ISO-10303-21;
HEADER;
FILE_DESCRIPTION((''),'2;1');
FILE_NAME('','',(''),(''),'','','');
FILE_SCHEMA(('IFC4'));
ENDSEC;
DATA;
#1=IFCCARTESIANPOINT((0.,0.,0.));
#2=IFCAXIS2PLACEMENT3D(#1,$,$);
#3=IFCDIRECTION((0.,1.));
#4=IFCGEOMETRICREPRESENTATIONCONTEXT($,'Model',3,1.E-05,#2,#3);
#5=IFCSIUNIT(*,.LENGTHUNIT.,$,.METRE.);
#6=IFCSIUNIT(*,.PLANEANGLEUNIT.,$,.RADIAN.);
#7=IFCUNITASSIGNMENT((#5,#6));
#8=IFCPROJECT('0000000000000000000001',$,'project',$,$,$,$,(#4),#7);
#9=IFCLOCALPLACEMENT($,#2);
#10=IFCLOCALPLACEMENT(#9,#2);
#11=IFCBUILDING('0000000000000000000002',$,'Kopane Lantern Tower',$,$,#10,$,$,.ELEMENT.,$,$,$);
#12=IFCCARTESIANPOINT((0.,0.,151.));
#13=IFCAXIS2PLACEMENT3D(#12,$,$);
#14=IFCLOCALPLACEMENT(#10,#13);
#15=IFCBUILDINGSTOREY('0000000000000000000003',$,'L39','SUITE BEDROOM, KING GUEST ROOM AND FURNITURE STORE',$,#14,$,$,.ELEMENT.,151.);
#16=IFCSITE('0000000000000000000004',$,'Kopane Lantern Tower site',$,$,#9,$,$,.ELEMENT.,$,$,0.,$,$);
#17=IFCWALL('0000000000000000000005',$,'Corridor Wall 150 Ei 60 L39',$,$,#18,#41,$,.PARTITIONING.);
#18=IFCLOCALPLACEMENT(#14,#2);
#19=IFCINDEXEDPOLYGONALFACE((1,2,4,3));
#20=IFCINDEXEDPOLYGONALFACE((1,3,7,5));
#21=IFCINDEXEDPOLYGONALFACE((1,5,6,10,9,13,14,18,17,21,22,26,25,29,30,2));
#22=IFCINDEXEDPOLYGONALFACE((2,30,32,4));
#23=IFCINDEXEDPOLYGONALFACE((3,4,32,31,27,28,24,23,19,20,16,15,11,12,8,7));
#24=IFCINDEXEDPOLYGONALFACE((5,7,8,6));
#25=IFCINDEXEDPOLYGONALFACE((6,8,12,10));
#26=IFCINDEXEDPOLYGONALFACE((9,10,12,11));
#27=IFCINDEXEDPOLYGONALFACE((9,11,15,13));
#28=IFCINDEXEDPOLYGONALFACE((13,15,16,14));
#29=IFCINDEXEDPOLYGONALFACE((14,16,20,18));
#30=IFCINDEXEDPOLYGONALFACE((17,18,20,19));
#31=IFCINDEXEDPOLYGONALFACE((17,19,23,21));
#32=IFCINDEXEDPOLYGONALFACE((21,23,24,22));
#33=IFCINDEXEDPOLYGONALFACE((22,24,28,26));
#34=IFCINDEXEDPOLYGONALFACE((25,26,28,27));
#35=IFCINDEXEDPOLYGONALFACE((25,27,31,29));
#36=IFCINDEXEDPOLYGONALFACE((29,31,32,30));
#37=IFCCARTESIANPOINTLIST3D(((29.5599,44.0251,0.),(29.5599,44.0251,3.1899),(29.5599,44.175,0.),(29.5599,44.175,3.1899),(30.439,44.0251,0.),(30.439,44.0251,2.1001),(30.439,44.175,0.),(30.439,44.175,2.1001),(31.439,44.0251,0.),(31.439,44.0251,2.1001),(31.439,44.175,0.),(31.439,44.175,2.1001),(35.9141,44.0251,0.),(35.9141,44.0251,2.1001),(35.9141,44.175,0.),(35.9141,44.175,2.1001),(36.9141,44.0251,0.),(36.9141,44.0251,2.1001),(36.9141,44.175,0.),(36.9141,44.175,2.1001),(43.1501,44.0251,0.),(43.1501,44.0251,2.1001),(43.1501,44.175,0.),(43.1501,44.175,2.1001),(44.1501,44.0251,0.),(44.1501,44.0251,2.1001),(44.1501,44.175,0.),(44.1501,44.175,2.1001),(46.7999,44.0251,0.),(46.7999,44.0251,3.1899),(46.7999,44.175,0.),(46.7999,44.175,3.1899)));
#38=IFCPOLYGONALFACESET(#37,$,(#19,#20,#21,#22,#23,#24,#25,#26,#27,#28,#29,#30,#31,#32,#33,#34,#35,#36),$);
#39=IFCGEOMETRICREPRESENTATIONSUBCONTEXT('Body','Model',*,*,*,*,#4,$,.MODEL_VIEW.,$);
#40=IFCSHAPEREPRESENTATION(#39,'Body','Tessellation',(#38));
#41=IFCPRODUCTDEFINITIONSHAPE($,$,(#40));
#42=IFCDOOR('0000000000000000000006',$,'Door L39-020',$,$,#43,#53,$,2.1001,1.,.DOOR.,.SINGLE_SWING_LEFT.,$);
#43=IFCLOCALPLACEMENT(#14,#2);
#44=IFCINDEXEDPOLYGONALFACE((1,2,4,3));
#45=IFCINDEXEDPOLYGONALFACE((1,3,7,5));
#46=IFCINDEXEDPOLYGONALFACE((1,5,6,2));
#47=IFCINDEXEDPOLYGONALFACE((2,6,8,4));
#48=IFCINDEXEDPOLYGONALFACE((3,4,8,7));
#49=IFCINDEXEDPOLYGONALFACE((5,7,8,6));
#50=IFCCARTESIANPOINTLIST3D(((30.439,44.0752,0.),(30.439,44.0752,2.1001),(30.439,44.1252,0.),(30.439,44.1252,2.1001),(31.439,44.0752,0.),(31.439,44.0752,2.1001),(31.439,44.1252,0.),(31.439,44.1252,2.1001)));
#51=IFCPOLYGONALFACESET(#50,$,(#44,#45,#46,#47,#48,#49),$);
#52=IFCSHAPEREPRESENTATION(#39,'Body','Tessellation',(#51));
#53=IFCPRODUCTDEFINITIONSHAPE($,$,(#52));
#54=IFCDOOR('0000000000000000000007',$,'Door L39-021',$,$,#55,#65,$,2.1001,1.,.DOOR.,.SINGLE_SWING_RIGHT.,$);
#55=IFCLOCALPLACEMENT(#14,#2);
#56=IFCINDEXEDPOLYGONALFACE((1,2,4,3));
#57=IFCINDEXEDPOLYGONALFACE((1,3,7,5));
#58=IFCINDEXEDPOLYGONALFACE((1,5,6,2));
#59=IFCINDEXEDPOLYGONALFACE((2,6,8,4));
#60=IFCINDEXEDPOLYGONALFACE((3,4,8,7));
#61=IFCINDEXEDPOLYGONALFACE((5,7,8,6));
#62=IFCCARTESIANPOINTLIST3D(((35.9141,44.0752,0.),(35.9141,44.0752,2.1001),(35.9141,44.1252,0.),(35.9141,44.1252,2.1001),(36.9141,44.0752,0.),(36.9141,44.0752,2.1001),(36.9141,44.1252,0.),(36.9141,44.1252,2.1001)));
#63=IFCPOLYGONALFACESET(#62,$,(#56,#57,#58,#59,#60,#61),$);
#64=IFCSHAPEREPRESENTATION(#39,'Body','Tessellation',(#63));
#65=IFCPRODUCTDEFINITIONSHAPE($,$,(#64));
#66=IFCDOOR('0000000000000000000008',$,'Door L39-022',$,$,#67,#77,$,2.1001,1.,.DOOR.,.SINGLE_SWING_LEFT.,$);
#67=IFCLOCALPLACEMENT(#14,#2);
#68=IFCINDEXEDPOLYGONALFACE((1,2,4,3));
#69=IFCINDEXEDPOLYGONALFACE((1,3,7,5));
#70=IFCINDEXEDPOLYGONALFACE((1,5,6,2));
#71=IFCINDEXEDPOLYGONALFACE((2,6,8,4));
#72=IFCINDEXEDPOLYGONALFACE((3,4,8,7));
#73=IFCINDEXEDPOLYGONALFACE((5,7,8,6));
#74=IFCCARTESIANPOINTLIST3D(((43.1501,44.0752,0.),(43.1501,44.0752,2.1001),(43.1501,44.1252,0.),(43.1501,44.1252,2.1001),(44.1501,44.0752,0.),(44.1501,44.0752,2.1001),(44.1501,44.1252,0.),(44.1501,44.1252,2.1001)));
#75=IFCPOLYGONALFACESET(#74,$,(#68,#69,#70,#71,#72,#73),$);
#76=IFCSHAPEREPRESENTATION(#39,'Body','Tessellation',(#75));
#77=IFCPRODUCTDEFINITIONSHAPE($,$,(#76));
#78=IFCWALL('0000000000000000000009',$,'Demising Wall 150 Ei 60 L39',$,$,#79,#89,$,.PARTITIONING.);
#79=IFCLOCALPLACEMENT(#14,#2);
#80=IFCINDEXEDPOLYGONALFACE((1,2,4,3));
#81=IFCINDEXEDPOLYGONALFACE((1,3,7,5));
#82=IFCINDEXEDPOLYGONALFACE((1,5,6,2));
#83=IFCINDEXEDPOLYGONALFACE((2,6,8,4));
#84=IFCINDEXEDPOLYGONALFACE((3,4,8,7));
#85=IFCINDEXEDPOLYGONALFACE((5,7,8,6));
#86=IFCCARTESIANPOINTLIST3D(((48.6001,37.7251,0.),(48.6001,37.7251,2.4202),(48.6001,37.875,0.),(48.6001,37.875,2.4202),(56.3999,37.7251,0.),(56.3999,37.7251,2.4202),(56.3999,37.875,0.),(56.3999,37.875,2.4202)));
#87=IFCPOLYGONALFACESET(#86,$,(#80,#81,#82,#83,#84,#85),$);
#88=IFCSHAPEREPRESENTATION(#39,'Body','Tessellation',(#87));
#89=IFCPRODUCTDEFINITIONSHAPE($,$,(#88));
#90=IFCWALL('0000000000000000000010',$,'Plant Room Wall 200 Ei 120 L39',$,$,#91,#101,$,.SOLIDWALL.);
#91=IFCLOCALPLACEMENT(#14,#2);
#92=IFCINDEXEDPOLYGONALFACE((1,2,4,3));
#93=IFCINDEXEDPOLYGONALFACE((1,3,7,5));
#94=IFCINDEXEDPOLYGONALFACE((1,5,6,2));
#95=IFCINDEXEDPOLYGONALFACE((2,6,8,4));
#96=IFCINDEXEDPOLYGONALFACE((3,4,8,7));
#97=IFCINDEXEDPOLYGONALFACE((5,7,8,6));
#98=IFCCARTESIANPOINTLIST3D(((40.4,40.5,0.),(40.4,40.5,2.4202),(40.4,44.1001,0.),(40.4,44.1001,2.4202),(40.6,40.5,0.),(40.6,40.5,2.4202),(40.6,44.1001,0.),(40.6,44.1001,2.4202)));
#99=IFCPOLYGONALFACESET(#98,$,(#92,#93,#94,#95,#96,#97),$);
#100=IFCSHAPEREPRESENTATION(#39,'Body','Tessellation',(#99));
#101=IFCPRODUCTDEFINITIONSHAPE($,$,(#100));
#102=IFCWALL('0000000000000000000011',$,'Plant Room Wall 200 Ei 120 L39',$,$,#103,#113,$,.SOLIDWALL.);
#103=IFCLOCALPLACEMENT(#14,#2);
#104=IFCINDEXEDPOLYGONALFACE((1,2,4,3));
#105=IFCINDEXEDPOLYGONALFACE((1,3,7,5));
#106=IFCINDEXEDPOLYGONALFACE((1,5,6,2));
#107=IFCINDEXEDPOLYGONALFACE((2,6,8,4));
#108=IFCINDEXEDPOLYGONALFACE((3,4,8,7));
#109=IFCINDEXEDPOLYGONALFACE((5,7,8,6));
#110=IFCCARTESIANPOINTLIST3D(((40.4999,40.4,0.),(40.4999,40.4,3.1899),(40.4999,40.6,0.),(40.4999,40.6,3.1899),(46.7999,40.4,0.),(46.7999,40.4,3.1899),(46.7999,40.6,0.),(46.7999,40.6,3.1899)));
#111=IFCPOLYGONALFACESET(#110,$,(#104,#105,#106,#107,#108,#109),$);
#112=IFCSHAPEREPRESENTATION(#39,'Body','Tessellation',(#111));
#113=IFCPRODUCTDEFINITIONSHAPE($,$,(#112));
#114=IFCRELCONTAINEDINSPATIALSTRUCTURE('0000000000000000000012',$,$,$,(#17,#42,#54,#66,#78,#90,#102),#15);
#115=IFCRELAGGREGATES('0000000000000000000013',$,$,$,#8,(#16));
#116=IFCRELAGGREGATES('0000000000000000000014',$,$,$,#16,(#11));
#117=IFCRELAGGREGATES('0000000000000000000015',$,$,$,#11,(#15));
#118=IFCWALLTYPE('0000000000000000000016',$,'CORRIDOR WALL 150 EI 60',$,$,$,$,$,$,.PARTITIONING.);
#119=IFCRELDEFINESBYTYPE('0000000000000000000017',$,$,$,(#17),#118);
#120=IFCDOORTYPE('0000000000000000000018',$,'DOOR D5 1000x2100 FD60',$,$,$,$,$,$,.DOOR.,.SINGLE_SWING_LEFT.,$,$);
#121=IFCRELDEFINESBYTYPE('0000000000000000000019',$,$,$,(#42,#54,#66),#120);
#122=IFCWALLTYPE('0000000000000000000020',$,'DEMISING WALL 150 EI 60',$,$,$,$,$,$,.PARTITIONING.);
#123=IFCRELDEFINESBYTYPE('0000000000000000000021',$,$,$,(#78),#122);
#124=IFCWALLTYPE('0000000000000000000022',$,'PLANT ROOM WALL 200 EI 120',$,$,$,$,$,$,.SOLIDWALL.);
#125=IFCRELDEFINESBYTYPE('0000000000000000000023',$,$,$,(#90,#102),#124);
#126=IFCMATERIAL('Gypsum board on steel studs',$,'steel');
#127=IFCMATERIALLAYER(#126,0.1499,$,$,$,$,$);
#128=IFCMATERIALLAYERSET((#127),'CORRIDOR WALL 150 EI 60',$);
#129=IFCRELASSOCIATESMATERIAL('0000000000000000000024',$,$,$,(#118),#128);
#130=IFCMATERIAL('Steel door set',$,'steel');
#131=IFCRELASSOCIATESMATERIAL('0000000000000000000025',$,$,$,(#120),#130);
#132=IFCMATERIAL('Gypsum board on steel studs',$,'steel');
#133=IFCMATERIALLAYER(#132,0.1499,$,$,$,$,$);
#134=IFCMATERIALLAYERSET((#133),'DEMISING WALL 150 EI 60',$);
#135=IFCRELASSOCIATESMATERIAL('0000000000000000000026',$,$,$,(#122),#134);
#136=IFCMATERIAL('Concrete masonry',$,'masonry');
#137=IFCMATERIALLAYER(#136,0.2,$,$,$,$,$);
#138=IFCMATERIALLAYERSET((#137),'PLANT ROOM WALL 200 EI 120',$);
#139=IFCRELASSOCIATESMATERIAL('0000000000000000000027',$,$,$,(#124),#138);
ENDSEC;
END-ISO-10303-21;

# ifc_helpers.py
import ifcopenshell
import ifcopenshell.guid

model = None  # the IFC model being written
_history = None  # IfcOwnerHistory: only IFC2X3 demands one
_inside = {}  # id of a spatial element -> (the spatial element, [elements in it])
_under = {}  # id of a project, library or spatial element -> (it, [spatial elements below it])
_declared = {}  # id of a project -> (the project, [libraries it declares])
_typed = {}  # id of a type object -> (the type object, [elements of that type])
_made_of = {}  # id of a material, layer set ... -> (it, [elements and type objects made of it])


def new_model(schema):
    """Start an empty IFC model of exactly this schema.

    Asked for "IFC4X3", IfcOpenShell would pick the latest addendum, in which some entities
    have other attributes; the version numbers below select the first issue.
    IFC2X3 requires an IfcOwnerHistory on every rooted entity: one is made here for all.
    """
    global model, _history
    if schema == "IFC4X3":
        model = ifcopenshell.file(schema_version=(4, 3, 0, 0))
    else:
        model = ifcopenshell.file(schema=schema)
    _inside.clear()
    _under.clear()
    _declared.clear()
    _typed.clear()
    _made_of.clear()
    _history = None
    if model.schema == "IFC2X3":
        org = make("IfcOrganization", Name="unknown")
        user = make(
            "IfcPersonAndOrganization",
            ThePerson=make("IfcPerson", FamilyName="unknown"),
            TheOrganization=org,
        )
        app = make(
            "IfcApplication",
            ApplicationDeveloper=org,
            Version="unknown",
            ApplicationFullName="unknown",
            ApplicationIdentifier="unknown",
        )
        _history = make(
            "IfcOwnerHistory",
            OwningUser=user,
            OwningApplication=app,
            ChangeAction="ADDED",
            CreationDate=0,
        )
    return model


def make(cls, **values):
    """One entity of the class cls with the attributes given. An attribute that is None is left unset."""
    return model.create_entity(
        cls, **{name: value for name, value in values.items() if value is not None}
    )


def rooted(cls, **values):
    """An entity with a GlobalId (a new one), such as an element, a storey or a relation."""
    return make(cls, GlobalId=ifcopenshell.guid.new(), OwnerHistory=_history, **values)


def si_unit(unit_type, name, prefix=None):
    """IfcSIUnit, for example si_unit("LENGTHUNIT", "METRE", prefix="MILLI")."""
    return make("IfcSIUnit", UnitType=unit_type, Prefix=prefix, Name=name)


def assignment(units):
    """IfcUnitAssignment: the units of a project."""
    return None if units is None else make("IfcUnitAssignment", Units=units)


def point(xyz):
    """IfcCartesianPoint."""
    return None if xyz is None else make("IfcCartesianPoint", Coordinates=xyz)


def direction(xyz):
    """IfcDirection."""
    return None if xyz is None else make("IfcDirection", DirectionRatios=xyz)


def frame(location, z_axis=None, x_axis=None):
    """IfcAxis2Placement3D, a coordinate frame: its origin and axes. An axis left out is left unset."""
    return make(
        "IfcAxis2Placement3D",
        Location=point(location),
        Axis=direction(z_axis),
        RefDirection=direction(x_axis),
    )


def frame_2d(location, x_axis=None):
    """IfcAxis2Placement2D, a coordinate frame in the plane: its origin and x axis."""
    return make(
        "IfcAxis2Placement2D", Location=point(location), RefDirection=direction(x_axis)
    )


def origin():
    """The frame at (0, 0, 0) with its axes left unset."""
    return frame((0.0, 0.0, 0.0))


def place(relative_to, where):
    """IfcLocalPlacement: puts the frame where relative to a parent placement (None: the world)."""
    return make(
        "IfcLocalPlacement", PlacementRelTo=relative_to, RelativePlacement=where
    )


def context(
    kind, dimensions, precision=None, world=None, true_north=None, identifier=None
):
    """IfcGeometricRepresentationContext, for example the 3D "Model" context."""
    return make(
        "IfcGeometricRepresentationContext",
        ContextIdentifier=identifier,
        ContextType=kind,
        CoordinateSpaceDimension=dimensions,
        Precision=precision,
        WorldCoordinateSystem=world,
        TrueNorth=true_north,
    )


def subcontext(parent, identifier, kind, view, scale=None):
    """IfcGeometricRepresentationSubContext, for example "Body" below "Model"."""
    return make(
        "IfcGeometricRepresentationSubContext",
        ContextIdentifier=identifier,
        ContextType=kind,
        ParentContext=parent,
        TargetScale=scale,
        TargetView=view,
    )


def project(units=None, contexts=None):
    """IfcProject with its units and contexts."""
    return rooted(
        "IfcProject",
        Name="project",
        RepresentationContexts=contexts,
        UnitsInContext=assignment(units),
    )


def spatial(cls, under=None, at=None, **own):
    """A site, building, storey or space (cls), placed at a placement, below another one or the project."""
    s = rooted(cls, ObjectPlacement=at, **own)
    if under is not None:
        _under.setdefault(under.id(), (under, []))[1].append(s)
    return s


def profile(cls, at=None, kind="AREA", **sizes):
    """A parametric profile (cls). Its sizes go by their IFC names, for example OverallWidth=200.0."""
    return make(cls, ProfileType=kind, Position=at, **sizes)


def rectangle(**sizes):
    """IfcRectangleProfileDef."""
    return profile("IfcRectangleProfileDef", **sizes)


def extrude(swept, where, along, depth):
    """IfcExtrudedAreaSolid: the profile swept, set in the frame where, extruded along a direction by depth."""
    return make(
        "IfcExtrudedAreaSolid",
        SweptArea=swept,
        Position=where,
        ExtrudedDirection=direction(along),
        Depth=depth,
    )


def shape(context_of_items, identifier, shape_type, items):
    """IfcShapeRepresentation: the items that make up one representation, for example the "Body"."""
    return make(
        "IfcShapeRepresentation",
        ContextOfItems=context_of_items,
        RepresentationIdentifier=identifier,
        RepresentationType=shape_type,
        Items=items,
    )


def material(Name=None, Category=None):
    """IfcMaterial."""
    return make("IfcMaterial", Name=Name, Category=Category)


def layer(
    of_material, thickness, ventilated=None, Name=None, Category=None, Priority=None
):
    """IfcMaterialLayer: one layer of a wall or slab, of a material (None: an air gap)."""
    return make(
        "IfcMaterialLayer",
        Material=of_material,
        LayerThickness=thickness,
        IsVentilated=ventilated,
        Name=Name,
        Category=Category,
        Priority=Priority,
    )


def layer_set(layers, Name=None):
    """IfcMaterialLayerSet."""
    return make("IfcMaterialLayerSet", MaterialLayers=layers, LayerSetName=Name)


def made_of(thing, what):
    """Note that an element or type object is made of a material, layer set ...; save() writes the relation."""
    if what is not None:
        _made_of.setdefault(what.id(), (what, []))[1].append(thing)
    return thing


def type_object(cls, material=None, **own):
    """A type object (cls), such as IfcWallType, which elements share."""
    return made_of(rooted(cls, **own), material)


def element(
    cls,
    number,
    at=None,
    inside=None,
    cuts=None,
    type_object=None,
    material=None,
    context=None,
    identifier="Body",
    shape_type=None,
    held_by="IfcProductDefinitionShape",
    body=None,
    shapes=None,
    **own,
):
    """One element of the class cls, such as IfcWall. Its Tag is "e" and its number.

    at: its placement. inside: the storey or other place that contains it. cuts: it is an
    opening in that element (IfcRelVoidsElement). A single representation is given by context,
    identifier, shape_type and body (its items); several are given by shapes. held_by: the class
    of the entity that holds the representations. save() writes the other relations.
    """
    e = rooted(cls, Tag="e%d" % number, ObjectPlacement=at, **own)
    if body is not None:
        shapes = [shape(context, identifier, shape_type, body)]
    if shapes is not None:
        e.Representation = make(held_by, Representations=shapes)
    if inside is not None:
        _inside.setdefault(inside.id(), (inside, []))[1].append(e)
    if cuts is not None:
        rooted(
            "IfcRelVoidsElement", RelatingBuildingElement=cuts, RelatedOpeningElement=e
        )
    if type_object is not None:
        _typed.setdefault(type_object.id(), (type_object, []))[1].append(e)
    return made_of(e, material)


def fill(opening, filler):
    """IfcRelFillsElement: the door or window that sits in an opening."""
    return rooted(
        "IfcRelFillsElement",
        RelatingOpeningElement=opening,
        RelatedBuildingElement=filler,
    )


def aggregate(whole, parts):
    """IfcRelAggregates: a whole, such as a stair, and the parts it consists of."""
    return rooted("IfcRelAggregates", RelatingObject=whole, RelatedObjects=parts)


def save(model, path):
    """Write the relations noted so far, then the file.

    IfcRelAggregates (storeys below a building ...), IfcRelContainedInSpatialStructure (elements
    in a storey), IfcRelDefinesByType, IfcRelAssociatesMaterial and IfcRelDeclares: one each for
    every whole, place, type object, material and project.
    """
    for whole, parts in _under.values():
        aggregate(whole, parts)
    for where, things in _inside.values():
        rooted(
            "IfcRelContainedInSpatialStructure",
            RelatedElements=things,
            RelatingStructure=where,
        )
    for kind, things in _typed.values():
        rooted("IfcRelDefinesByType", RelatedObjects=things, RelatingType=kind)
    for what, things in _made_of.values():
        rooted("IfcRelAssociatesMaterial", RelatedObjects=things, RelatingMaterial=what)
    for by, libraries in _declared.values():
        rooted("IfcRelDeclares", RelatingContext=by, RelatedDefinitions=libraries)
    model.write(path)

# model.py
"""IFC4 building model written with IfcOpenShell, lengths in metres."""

from ifc_helpers import new_model, si_unit, direction, frame, frame_2d, origin, place, context, subcontext, project, spatial, rectangle, extrude, material, layer, layer_set, type_object, element, fill, save


model = new_model("IFC4")

# Units and contexts
model_context = context("Model", 3, precision=1e-05, world=origin(), true_north=direction((0.0, 1.0)))
body_context = subcontext(model_context, "Body", "Model", "MODEL_VIEW")
ifc_project = project(units=[si_unit("LENGTHUNIT", "METRE"), si_unit("PLANEANGLEUNIT", "RADIAN")], contexts=[model_context])

# Site, building, storey
site_placement = place(None, origin())
site = spatial("IfcSite", under=ifc_project, at=site_placement, Name="Kopane Lantern Tower site", CompositionType="ELEMENT", RefElevation=0.0)
building_placement = place(site_placement, origin())
building = spatial("IfcBuilding", under=site, at=building_placement, Name="Kopane Lantern Tower", CompositionType="ELEMENT")
storey_placement = place(building_placement, frame((0.0, 0.0, 151.0)))
storey = spatial("IfcBuildingStorey", under=building, at=storey_placement, Name="L39", Description="SUITE BEDROOM, KING GUEST ROOM AND FURNITURE STORE", CompositionType="ELEMENT", Elevation=151.0)

# Wall, openings, doors
ifc_material_1 = material(Name="Gypsum board on steel studs", Category="steel")
ifc_layer_1 = layer(ifc_material_1, 0.1499)
ifc_layer_set_1 = layer_set([ifc_layer_1], Name="CORRIDOR WALL 150 EI 60")
wall_type_1 = type_object("IfcWallType", Name="CORRIDOR WALL 150 EI 60", PredefinedType="PARTITIONING", material=ifc_layer_set_1)
wall_1_placement = place(storey_placement, frame((46.8, 44.1001, 0.0), z_axis=(0.0, 0.0, 1.0), x_axis=(-1.0, 0.0, 0.0)))
wall_1 = element("IfcWall", 1, at=wall_1_placement, inside=storey, type_object=wall_type_1, Name="Corridor Wall 150 Ei 60 L39", PredefinedType="PARTITIONING", context=body_context, shape_type="SweptSolid", body=[
    extrude(rectangle(XDim=17.24, YDim=0.1499, at=frame_2d((8.6201, 0.0))), origin(), (0.0, 0.0, 1.0), 3.1899),
])
opening_1_placement = place(wall_1_placement, frame((15.3611, 0.0, 0.0)))
opening_1 = element("IfcOpeningElement", 2, at=opening_1_placement, cuts=wall_1, PredefinedType="OPENING", context=body_context, shape_type="SweptSolid", body=[
    extrude(rectangle(XDim=1.0, YDim=2.1001, at=frame_2d((0.5, 1.05))), frame((0.0, 0.085, 0.0), z_axis=(0.0, -1.0, 0.0), x_axis=(1.0, 0.0, 0.0)), (0.0, 0.0, 1.0), 0.1699),
])
opening_2_placement = place(wall_1_placement, frame((9.886, 0.0, 0.0)))
opening_2 = element("IfcOpeningElement", 3, at=opening_2_placement, cuts=wall_1, PredefinedType="OPENING", context=body_context, shape_type="SweptSolid", body=[
    extrude(rectangle(XDim=1.0, YDim=2.1001, at=frame_2d((0.5, 1.05))), frame((0.0, 0.085, 0.0), z_axis=(0.0, -1.0, 0.0), x_axis=(1.0, 0.0, 0.0)), (0.0, 0.0, 1.0), 0.1699),
])
opening_3_placement = place(wall_1_placement, frame((2.6499, 0.0, 0.0)))
opening_3 = element("IfcOpeningElement", 4, at=opening_3_placement, cuts=wall_1, PredefinedType="OPENING", context=body_context, shape_type="SweptSolid", body=[
    extrude(rectangle(XDim=1.0, YDim=2.1001, at=frame_2d((0.5, 1.05))), frame((0.0, 0.085, 0.0), z_axis=(0.0, -1.0, 0.0), x_axis=(1.0, 0.0, 0.0)), (0.0, 0.0, 1.0), 0.1699),
])
ifc_material_2 = material(Name="Steel door set", Category="steel")
door_type_1 = type_object("IfcDoorType", Name="DOOR D5 1000x2100 FD60", OperationType="SINGLE_SWING_LEFT", PredefinedType="DOOR", material=ifc_material_2)
door_1_placement = place(opening_1_placement, origin())
door_1 = element("IfcDoor", 5, at=door_1_placement, inside=storey, type_object=door_type_1, Name="Door L39-020", OperationType="SINGLE_SWING_LEFT", OverallHeight=2.1001, OverallWidth=1.0, PredefinedType="DOOR", context=body_context, shape_type="SweptSolid", body=[
    extrude(rectangle(XDim=1.0, YDim=2.1001, at=frame_2d((0.5, 1.05))), frame((0.0, 0.0249, 0.0), z_axis=(0.0, -1.0, 0.0), x_axis=(1.0, 0.0, 0.0)), (0.0, 0.0, 1.0), 0.05),
])
fill(opening_1, door_1)
door_2_placement = place(opening_2_placement, origin())
door_2 = element("IfcDoor", 6, at=door_2_placement, inside=storey, type_object=door_type_1, Name="Door L39-021", OperationType="SINGLE_SWING_RIGHT", OverallHeight=2.1001, OverallWidth=1.0, PredefinedType="DOOR", context=body_context, shape_type="SweptSolid", body=[
    extrude(rectangle(XDim=1.0, YDim=2.1001, at=frame_2d((0.5, 1.05))), frame((0.0, 0.0249, 0.0), z_axis=(0.0, -1.0, 0.0), x_axis=(1.0, 0.0, 0.0)), (0.0, 0.0, 1.0), 0.05),
])
fill(opening_2, door_2)
door_3_placement = place(opening_3_placement, origin())
door_3 = element("IfcDoor", 7, at=door_3_placement, inside=storey, type_object=door_type_1, Name="Door L39-022", OperationType="SINGLE_SWING_LEFT", OverallHeight=2.1001, OverallWidth=1.0, PredefinedType="DOOR", context=body_context, shape_type="SweptSolid", body=[
    extrude(rectangle(XDim=1.0, YDim=2.1001, at=frame_2d((0.5, 1.05))), frame((0.0, 0.0249, 0.0), z_axis=(0.0, -1.0, 0.0), x_axis=(1.0, 0.0, 0.0)), (0.0, 0.0, 1.0), 0.05),
])
fill(opening_3, door_3)

# Walls
ifc_material_3 = material(Name="Gypsum board on steel studs", Category="steel")
ifc_layer_2 = layer(ifc_material_3, 0.1499)
ifc_layer_set_2 = layer_set([ifc_layer_2], Name="DEMISING WALL 150 EI 60")
wall_type_2 = type_object("IfcWallType", Name="DEMISING WALL 150 EI 60", PredefinedType="PARTITIONING", material=ifc_layer_set_2)
wall_2_placement = place(storey_placement, frame((48.6001, 37.8, 0.0), z_axis=(0.0, 0.0, 1.0), x_axis=(1.0, 0.0, 0.0)))
element("IfcWall", 8, at=wall_2_placement, inside=storey, type_object=wall_type_2, Name="Demising Wall 150 Ei 60 L39", PredefinedType="PARTITIONING", context=body_context, shape_type="SweptSolid", body=[
    extrude(rectangle(XDim=7.7998, YDim=0.1499, at=frame_2d((3.8999, 0.0))), origin(), (0.0, 0.0, 1.0), 2.4202),
])
ifc_material_4 = material(Name="Concrete masonry", Category="masonry")
ifc_layer_3 = layer(ifc_material_4, 0.2)
ifc_layer_set_3 = layer_set([ifc_layer_3], Name="PLANT ROOM WALL 200 EI 120")
wall_type_3 = type_object("IfcWallType", Name="PLANT ROOM WALL 200 EI 120", PredefinedType="SOLIDWALL", material=ifc_layer_set_3)
wall_3_placement = place(storey_placement, frame((40.5, 40.5, 0.0), z_axis=(0.0, 0.0, 1.0), x_axis=(0.0, 1.0, 0.0)))
element("IfcWall", 9, at=wall_3_placement, inside=storey, type_object=wall_type_3, Name="Plant Room Wall 200 Ei 120 L39", PredefinedType="SOLIDWALL", context=body_context, shape_type="SweptSolid", body=[
    extrude(rectangle(XDim=3.6001, YDim=0.2, at=frame_2d((1.8, 0.0))), origin(), (0.0, 0.0, 1.0), 2.4202),
])
wall_4_placement = place(storey_placement, frame((40.5, 40.5, 0.0), z_axis=(0.0, 0.0, 1.0), x_axis=(1.0, 0.0, 0.0)))
element("IfcWall", 10, at=wall_4_placement, inside=storey, type_object=wall_type_3, Name="Plant Room Wall 200 Ei 120 L39", PredefinedType="SOLIDWALL", context=body_context, shape_type="SweptSolid", body=[
    extrude(rectangle(XDim=6.3, YDim=0.2, at=frame_2d((3.1499, 0.0))), origin(), (0.0, 0.0, 1.0), 3.1899),
])

save(model, "model.ifc")
